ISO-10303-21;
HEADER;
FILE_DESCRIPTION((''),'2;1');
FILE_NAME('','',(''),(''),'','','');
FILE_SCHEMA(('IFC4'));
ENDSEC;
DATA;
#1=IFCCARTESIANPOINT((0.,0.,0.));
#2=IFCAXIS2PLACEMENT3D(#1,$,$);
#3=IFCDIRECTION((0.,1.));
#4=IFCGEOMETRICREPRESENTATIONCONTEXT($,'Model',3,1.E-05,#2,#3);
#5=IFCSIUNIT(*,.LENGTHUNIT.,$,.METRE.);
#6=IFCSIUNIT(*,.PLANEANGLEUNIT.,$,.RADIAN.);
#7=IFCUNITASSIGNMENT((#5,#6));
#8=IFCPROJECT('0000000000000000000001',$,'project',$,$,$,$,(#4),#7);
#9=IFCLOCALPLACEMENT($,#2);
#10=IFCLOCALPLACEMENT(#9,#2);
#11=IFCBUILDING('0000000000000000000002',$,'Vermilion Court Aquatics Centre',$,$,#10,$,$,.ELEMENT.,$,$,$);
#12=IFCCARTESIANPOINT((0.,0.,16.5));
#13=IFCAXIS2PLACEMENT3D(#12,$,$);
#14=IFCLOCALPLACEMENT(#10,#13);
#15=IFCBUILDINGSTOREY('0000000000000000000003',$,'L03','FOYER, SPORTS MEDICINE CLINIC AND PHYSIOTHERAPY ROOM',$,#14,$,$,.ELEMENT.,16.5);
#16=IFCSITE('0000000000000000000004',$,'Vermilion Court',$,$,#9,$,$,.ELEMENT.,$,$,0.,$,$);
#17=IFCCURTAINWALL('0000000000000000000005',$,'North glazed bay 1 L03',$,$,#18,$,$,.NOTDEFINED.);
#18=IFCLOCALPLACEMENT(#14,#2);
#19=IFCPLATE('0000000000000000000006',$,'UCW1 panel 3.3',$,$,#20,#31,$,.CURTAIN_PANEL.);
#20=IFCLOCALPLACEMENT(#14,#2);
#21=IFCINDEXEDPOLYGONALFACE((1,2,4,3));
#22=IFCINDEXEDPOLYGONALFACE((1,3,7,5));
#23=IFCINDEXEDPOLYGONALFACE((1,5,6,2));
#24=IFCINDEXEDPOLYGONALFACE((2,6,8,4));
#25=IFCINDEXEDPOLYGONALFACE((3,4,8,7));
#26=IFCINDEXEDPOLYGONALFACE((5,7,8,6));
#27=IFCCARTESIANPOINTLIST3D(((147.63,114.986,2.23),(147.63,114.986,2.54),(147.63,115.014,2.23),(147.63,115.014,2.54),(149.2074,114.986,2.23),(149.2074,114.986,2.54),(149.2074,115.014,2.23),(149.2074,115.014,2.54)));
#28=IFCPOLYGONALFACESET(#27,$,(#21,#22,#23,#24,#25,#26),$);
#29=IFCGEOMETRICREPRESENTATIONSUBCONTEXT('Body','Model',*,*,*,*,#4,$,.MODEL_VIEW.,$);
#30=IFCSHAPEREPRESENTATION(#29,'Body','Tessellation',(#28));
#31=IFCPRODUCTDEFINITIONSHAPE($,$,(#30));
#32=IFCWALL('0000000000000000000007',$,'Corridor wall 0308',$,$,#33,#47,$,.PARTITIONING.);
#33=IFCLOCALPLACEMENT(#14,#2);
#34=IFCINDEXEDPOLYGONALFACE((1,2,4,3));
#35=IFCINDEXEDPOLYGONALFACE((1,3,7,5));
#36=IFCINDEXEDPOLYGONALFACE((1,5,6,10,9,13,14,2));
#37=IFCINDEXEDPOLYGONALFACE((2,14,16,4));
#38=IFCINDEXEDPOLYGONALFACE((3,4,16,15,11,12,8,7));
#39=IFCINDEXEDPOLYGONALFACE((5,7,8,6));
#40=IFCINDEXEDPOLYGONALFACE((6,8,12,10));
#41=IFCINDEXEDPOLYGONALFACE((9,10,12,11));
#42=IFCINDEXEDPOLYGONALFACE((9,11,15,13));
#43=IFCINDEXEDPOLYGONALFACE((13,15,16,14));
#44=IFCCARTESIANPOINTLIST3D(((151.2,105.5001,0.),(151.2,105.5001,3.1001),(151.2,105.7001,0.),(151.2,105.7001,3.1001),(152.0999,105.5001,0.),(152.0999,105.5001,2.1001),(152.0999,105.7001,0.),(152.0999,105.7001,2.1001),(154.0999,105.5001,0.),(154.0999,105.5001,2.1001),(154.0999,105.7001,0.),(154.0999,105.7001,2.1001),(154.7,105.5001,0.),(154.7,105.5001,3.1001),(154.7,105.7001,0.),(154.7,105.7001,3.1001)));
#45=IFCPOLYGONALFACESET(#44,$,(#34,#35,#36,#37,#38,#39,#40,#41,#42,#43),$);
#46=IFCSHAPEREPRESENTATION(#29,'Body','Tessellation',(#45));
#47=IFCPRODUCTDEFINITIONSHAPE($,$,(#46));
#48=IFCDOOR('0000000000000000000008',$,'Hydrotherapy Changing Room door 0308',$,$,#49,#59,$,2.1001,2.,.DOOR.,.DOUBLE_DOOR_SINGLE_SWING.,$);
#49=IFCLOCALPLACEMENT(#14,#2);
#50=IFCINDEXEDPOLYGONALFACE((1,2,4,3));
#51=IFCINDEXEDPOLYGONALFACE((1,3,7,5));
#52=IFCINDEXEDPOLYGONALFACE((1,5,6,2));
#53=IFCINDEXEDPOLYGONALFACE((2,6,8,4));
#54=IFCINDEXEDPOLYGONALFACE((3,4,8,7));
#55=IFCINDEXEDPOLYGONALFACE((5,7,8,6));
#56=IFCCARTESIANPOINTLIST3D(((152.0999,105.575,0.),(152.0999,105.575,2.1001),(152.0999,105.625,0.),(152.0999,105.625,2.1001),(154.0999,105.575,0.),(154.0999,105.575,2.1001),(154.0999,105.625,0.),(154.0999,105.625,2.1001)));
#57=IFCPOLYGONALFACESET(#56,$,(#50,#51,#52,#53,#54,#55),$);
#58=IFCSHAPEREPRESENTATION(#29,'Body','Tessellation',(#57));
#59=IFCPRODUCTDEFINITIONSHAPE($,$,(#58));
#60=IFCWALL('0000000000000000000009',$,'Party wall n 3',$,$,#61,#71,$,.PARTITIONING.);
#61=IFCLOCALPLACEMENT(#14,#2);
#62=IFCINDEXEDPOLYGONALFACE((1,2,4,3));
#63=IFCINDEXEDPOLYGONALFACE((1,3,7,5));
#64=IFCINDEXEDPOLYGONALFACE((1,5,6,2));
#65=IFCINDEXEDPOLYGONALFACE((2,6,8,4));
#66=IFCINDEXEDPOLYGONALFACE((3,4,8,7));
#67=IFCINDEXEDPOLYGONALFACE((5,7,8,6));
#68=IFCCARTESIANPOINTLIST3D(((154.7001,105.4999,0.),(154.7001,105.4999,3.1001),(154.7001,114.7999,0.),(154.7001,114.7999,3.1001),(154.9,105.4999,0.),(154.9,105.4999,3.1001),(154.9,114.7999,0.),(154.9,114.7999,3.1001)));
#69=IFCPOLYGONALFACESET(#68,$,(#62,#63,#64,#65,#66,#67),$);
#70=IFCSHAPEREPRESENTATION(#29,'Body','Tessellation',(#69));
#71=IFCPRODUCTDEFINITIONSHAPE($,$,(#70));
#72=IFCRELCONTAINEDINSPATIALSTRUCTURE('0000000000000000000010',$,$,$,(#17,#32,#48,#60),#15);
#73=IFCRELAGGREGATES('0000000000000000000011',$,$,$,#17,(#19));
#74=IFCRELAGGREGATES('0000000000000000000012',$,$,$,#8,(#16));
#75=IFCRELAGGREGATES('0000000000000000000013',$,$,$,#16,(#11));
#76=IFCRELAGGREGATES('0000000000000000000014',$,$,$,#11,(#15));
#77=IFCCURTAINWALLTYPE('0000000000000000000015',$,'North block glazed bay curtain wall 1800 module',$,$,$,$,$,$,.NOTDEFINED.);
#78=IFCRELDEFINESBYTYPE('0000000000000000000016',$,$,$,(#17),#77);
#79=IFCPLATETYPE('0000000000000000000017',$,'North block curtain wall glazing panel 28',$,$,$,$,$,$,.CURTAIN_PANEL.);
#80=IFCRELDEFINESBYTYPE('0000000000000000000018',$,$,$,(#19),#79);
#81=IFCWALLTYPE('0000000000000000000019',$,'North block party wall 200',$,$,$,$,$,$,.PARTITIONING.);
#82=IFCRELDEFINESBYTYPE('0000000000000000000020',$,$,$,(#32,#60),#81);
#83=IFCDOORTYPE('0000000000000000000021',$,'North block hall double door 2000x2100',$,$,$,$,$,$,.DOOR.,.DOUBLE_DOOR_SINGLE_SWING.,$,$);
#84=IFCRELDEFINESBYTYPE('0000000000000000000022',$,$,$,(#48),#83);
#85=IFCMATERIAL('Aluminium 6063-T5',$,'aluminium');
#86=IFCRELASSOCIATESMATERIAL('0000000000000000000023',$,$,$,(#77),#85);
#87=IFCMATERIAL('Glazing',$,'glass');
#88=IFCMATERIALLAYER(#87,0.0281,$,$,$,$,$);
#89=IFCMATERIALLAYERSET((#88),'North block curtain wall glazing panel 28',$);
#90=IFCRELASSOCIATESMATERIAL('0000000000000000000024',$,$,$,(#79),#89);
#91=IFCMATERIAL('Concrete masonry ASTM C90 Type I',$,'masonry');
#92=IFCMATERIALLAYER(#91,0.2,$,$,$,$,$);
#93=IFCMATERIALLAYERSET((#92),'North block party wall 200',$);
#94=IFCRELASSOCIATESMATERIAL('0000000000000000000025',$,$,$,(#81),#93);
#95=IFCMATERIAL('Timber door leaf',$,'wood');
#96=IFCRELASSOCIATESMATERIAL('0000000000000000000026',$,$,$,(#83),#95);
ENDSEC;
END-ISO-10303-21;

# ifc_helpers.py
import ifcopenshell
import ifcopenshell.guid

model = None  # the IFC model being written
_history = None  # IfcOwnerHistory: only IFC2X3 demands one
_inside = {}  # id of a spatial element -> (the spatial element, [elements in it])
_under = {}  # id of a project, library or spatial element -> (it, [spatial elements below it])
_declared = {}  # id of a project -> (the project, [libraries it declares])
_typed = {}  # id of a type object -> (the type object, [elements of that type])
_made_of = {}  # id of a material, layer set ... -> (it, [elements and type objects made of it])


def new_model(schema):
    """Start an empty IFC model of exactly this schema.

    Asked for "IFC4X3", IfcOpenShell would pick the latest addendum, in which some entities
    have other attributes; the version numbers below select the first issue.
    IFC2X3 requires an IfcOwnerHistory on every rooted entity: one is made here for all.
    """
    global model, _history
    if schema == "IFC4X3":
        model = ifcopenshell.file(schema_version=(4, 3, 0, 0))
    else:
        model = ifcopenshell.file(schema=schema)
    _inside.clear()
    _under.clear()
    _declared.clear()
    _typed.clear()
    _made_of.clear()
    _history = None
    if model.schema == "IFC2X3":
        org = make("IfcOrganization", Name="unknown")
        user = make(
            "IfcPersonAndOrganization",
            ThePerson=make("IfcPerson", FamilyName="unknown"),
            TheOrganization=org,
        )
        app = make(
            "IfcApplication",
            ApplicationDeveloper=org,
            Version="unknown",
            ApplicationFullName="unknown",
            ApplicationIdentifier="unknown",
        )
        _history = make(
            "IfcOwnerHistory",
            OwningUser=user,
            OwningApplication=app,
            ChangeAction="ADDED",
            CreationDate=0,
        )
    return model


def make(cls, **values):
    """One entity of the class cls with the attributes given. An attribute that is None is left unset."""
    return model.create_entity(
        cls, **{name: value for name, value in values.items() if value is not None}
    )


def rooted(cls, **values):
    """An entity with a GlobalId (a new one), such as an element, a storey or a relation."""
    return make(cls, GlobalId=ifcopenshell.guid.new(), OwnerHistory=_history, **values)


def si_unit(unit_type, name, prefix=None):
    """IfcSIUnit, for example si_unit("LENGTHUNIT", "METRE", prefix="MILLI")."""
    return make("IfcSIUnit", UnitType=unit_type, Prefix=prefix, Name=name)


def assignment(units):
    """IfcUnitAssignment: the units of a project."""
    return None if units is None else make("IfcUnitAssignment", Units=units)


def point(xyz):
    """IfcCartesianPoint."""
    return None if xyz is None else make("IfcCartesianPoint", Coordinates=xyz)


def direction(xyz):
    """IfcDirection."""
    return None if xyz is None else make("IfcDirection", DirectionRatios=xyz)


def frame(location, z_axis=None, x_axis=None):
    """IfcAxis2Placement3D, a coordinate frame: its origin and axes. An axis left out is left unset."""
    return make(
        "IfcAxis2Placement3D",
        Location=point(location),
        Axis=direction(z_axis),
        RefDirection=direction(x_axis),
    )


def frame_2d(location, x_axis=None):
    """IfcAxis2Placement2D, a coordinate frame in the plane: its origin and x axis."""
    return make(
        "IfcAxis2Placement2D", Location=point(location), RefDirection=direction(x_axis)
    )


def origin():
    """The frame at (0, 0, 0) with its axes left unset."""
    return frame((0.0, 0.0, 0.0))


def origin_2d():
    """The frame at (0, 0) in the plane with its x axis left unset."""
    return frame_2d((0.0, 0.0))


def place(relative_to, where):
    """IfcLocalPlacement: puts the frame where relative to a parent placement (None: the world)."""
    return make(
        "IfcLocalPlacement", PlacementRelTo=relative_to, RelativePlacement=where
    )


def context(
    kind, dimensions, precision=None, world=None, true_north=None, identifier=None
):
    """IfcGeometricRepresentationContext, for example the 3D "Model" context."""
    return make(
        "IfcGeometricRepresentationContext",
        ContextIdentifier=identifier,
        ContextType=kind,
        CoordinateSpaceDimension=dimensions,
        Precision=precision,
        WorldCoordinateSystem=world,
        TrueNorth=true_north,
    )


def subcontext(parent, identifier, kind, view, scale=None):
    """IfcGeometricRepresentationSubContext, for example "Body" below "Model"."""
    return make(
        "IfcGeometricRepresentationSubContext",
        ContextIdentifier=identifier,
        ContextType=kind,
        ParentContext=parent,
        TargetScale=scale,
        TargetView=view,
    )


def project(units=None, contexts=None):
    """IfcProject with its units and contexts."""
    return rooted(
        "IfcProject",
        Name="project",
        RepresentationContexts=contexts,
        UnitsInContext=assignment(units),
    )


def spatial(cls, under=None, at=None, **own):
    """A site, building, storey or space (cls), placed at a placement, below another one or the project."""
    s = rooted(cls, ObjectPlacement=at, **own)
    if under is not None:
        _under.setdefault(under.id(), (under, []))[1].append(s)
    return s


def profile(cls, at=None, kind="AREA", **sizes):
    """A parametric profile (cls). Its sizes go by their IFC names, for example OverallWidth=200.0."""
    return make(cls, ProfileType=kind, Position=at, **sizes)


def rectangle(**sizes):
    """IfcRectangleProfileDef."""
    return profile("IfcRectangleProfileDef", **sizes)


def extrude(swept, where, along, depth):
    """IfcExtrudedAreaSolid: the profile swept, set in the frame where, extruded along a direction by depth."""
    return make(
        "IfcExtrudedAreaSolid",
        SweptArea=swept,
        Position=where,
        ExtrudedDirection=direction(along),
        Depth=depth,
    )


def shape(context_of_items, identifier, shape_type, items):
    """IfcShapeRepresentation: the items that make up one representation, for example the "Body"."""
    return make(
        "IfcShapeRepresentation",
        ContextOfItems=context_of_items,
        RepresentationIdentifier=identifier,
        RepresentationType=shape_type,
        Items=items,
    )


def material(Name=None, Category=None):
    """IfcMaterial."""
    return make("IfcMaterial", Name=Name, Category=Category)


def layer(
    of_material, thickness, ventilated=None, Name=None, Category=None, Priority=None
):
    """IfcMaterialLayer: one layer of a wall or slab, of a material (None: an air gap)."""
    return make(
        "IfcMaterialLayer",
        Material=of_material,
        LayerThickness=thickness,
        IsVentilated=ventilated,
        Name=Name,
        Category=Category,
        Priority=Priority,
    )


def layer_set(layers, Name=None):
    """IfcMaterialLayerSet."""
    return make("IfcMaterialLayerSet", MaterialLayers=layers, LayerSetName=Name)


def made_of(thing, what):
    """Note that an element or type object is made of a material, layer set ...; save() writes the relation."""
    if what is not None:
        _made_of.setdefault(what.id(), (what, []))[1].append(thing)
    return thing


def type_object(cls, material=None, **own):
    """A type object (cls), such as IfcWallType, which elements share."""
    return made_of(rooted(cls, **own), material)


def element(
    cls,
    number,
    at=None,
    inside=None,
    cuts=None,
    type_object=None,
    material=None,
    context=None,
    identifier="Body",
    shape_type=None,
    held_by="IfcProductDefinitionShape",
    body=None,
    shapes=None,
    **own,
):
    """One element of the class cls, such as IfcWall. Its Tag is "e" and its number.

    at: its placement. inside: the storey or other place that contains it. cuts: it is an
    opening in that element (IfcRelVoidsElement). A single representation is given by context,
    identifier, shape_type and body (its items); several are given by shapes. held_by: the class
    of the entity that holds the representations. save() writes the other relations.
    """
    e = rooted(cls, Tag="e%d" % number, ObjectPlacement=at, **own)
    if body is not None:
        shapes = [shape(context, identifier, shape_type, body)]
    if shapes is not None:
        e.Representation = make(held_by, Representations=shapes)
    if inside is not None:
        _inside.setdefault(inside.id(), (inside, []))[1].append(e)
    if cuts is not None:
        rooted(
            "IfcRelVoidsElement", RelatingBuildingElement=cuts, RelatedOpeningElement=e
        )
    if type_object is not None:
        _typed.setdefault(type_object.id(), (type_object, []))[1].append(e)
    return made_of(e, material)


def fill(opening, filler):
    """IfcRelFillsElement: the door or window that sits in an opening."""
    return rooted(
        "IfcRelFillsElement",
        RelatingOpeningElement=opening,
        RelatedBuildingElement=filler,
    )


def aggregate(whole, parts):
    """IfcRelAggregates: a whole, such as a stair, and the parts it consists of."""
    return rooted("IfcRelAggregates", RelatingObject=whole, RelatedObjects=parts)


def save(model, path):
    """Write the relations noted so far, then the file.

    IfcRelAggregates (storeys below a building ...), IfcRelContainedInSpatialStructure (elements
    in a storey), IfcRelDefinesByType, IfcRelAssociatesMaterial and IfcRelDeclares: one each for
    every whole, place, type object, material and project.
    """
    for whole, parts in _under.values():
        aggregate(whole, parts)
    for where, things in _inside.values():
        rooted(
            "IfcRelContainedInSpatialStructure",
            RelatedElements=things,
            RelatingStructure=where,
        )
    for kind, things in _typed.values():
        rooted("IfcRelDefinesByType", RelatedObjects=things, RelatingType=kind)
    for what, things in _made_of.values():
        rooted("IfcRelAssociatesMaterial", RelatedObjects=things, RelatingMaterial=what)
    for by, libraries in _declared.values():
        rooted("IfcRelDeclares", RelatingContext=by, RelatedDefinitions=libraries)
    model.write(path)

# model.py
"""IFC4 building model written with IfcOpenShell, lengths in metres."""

from ifc_helpers import new_model, si_unit, direction, frame, frame_2d, origin, origin_2d, place, context, subcontext, project, spatial, rectangle, extrude, material, layer, layer_set, type_object, element, fill, aggregate, save


model = new_model("IFC4")

# Units and contexts
model_context = context("Model", 3, precision=1e-05, world=origin(), true_north=direction((0.0, 1.0)))
body_context = subcontext(model_context, "Body", "Model", "MODEL_VIEW")
ifc_project = project(units=[si_unit("LENGTHUNIT", "METRE"), si_unit("PLANEANGLEUNIT", "RADIAN")], contexts=[model_context])

# Site, building, storey
site_placement = place(None, origin())
site = spatial("IfcSite", under=ifc_project, at=site_placement, Name="Vermilion Court", CompositionType="ELEMENT", RefElevation=0.0)
building_placement = place(site_placement, origin())
building = spatial("IfcBuilding", under=site, at=building_placement, Name="Vermilion Court Aquatics Centre", CompositionType="ELEMENT")
storey_placement = place(building_placement, frame((0.0, 0.0, 16.5)))
storey = spatial("IfcBuildingStorey", under=building, at=storey_placement, Name="L03", Description="FOYER, SPORTS MEDICINE CLINIC AND PHYSIOTHERAPY ROOM", CompositionType="ELEMENT", Elevation=16.5)

# Curtain wall
ifc_material_1 = material(Name="Aluminium 6063-T5", Category="aluminium")
curtain_wall_type = type_object("IfcCurtainWallType", Name="North block glazed bay curtain wall 1800 module", PredefinedType="NOTDEFINED", material=ifc_material_1)
curtain_wall_placement = place(storey_placement, origin())
curtain_wall = element("IfcCurtainWall", 1, at=curtain_wall_placement, inside=storey, type_object=curtain_wall_type, Name="North glazed bay 1 L03", PredefinedType="NOTDEFINED")

# Plate
ifc_material_2 = material(Name="Glazing", Category="glass")
ifc_layer_1 = layer(ifc_material_2, 0.0281)
ifc_layer_set_1 = layer_set([ifc_layer_1], Name="North block curtain wall glazing panel 28")
plate_type = type_object("IfcPlateType", Name="North block curtain wall glazing panel 28", PredefinedType="CURTAIN_PANEL", material=ifc_layer_set_1)
plate_1_placement = place(storey_placement, frame((148.4187, 115.0, 2.23), z_axis=(0.0, 0.0, 1.0), x_axis=(1.0, 0.0, 0.0)))
plate_1 = element("IfcPlate", 2, at=plate_1_placement, type_object=plate_type, Name="UCW1 panel 3.3", PredefinedType="CURTAIN_PANEL", context=body_context, shape_type="SweptSolid", body=[
    extrude(rectangle(XDim=1.5774, YDim=0.0281, at=origin_2d()), origin(), (0.0, 0.0, 1.0), 0.3101),
])
aggregate(curtain_wall, [plate_1])

# Wall, opening, door
ifc_material_3 = material(Name="Concrete masonry ASTM C90 Type I", Category="masonry")
ifc_layer_2 = layer(ifc_material_3, 0.2)
ifc_layer_set_2 = layer_set([ifc_layer_2], Name="North block party wall 200")
wall_type = type_object("IfcWallType", Name="North block party wall 200", PredefinedType="PARTITIONING", material=ifc_layer_set_2)
wall_1_placement = place(storey_placement, frame((151.2, 105.6001, 0.0), z_axis=(0.0, 0.0, 1.0), x_axis=(1.0, 0.0, 0.0)))
wall_1 = element("IfcWall", 3, at=wall_1_placement, inside=storey, type_object=wall_type, Name="Corridor wall 0308", PredefinedType="PARTITIONING", context=body_context, shape_type="SweptSolid", body=[
    extrude(rectangle(XDim=3.5, YDim=0.2, at=frame_2d((1.75, 0.0))), origin(), (0.0, 0.0, 1.0), 3.1001),
])
opening_placement = place(wall_1_placement, frame((0.8999, 0.0, 0.0)))
opening = element("IfcOpeningElement", 4, at=opening_placement, cuts=wall_1, PredefinedType="OPENING", context=body_context, shape_type="SweptSolid", body=[
    extrude(rectangle(XDim=2.0, YDim=2.1001, at=frame_2d((1.0, 1.05))), frame((0.0, 0.1099, 0.0), z_axis=(0.0, -1.0, 0.0), x_axis=(1.0, 0.0, 0.0)), (0.0, 0.0, 1.0), 0.22),
])
ifc_material_4 = material(Name="Timber door leaf", Category="wood")
door_type = type_object("IfcDoorType", Name="North block hall double door 2000x2100", OperationType="DOUBLE_DOOR_SINGLE_SWING", PredefinedType="DOOR", material=ifc_material_4)
door_placement = place(opening_placement, origin())
door = element("IfcDoor", 5, at=door_placement, inside=storey, type_object=door_type, Name="Hydrotherapy Changing Room door 0308", OperationType="DOUBLE_DOOR_SINGLE_SWING", OverallHeight=2.1001, OverallWidth=2.0, PredefinedType="DOOR", context=body_context, shape_type="SweptSolid", body=[
    extrude(rectangle(XDim=2.0, YDim=2.1001, at=frame_2d((1.0, 1.05))), frame((0.0, 0.0249, 0.0), z_axis=(0.0, -1.0, 0.0), x_axis=(1.0, 0.0, 0.0)), (0.0, 0.0, 1.0), 0.05),
])
fill(opening, door)

# Wall
wall_2_placement = place(storey_placement, frame((154.8, 105.5, 0.0), z_axis=(0.0, 0.0, 1.0), x_axis=(0.0, 1.0, 0.0)))
element("IfcWall", 6, at=wall_2_placement, inside=storey, type_object=wall_type, Name="Party wall n 3", PredefinedType="PARTITIONING", context=body_context, shape_type="SweptSolid", body=[
    extrude(rectangle(XDim=9.3, YDim=0.2, at=frame_2d((4.6499, 0.0))), origin(), (0.0, 0.0, 1.0), 3.1001),
])

save(model, "model.ifc")
